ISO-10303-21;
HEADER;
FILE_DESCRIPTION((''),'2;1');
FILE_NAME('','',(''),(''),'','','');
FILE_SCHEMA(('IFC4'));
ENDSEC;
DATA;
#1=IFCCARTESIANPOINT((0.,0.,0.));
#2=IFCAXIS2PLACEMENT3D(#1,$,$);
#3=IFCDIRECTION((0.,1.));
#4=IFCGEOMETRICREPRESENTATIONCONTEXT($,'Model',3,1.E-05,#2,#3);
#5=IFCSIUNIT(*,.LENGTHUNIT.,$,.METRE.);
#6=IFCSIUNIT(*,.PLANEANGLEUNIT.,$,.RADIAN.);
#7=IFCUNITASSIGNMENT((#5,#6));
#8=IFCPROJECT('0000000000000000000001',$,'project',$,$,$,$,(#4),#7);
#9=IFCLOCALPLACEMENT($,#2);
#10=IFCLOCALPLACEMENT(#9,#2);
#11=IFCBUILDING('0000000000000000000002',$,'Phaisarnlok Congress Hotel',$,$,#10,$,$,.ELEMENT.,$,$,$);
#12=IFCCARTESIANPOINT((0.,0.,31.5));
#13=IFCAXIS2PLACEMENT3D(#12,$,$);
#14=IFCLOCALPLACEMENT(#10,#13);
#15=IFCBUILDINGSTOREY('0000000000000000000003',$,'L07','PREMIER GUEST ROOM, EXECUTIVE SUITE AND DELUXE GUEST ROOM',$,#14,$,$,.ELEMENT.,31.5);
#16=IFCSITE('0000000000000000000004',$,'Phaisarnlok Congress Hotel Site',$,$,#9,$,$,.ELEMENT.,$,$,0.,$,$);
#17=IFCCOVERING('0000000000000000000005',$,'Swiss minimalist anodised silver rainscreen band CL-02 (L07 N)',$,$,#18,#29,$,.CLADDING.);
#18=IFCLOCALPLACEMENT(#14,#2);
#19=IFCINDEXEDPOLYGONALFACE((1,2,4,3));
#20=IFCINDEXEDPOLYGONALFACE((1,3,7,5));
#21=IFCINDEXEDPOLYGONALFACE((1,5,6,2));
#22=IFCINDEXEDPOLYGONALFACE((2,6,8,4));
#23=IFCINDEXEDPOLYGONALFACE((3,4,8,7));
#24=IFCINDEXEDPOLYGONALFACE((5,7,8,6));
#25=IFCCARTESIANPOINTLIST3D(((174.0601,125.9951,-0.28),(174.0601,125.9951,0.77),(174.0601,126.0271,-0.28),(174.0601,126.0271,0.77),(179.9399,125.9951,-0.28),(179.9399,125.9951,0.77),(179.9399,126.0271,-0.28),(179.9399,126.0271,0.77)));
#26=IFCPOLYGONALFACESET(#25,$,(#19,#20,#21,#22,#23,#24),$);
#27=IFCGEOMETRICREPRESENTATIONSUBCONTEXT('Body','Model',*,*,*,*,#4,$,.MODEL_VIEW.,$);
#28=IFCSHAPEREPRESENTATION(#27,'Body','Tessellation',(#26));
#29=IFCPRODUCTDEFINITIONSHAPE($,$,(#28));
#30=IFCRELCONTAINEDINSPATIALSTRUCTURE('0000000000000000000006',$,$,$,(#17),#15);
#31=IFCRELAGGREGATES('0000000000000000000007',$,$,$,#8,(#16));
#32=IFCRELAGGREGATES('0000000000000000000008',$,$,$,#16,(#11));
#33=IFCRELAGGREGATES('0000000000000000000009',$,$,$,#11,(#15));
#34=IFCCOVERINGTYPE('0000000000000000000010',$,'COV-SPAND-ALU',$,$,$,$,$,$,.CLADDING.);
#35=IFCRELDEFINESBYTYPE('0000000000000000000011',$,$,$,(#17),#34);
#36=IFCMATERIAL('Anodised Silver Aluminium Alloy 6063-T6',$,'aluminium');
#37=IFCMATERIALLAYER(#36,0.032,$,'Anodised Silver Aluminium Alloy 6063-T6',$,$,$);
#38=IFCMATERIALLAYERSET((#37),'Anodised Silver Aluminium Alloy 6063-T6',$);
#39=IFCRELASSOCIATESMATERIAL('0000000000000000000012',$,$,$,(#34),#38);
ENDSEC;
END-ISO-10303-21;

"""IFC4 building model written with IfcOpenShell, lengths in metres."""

from ifc_helpers import new_model, si_unit, direction, frame, origin, place, context, subcontext, project, spatial, polyline, outline, extrude, material, layer, layer_set, type_object, element, save


model = new_model("IFC4")

# Units and contexts
model_context = context("Model", 3, precision=1e-05, world=origin(), true_north=direction((0.0, 1.0)))
body_context = subcontext(model_context, "Body", "Model", "MODEL_VIEW")
ifc_project = project(units=[si_unit("LENGTHUNIT", "METRE"), si_unit("PLANEANGLEUNIT", "RADIAN")], contexts=[model_context])

# Site, building, storey
site_placement = place(None, origin())
site = spatial("IfcSite", under=ifc_project, at=site_placement, Name="Phaisarnlok Congress Hotel Site", CompositionType="ELEMENT", RefElevation=0.0)
building_placement = place(site_placement, origin())
building = spatial("IfcBuilding", under=site, at=building_placement, Name="Phaisarnlok Congress Hotel", CompositionType="ELEMENT")
storey_placement = place(building_placement, frame((0.0, 0.0, 31.5)))
storey = spatial("IfcBuildingStorey", under=building, at=storey_placement, Name="L07", Description="PREMIER GUEST ROOM, EXECUTIVE SUITE AND DELUXE GUEST ROOM", CompositionType="ELEMENT", Elevation=31.5)

# Covering
ifc_material_1 = material(Name="Anodised Silver Aluminium Alloy 6063-T6", Category="aluminium")
ifc_layer_1 = layer(ifc_material_1, 0.032, Name="Anodised Silver Aluminium Alloy 6063-T6")
ifc_layer_set_1 = layer_set([ifc_layer_1], Name="Anodised Silver Aluminium Alloy 6063-T6")
covering_type = type_object("IfcCoveringType", Name="COV-SPAND-ALU", PredefinedType="CLADDING", material=ifc_layer_set_1)
covering_1_placement = place(storey_placement, frame((179.9399, 125.9951, -0.28), z_axis=(0.0, 1.0, 0.0), x_axis=(-1.0, 0.0, 0.0)))
element("IfcCovering", 1, at=covering_1_placement, inside=storey, type_object=covering_type, Name="Swiss minimalist anodised silver rainscreen band CL-02 (L07 N)", PredefinedType="CLADDING", context=body_context, shape_type="SweptSolid", body=[
    extrude(outline(polyline([(0.0, 0.0), (5.8799, 0.0), (5.8799, 1.05), (0.0, 1.05), (0.0, 0.0)])), origin(), (0.0, 0.0, 1.0), 0.032),
])

save(model, "model.ifc")
